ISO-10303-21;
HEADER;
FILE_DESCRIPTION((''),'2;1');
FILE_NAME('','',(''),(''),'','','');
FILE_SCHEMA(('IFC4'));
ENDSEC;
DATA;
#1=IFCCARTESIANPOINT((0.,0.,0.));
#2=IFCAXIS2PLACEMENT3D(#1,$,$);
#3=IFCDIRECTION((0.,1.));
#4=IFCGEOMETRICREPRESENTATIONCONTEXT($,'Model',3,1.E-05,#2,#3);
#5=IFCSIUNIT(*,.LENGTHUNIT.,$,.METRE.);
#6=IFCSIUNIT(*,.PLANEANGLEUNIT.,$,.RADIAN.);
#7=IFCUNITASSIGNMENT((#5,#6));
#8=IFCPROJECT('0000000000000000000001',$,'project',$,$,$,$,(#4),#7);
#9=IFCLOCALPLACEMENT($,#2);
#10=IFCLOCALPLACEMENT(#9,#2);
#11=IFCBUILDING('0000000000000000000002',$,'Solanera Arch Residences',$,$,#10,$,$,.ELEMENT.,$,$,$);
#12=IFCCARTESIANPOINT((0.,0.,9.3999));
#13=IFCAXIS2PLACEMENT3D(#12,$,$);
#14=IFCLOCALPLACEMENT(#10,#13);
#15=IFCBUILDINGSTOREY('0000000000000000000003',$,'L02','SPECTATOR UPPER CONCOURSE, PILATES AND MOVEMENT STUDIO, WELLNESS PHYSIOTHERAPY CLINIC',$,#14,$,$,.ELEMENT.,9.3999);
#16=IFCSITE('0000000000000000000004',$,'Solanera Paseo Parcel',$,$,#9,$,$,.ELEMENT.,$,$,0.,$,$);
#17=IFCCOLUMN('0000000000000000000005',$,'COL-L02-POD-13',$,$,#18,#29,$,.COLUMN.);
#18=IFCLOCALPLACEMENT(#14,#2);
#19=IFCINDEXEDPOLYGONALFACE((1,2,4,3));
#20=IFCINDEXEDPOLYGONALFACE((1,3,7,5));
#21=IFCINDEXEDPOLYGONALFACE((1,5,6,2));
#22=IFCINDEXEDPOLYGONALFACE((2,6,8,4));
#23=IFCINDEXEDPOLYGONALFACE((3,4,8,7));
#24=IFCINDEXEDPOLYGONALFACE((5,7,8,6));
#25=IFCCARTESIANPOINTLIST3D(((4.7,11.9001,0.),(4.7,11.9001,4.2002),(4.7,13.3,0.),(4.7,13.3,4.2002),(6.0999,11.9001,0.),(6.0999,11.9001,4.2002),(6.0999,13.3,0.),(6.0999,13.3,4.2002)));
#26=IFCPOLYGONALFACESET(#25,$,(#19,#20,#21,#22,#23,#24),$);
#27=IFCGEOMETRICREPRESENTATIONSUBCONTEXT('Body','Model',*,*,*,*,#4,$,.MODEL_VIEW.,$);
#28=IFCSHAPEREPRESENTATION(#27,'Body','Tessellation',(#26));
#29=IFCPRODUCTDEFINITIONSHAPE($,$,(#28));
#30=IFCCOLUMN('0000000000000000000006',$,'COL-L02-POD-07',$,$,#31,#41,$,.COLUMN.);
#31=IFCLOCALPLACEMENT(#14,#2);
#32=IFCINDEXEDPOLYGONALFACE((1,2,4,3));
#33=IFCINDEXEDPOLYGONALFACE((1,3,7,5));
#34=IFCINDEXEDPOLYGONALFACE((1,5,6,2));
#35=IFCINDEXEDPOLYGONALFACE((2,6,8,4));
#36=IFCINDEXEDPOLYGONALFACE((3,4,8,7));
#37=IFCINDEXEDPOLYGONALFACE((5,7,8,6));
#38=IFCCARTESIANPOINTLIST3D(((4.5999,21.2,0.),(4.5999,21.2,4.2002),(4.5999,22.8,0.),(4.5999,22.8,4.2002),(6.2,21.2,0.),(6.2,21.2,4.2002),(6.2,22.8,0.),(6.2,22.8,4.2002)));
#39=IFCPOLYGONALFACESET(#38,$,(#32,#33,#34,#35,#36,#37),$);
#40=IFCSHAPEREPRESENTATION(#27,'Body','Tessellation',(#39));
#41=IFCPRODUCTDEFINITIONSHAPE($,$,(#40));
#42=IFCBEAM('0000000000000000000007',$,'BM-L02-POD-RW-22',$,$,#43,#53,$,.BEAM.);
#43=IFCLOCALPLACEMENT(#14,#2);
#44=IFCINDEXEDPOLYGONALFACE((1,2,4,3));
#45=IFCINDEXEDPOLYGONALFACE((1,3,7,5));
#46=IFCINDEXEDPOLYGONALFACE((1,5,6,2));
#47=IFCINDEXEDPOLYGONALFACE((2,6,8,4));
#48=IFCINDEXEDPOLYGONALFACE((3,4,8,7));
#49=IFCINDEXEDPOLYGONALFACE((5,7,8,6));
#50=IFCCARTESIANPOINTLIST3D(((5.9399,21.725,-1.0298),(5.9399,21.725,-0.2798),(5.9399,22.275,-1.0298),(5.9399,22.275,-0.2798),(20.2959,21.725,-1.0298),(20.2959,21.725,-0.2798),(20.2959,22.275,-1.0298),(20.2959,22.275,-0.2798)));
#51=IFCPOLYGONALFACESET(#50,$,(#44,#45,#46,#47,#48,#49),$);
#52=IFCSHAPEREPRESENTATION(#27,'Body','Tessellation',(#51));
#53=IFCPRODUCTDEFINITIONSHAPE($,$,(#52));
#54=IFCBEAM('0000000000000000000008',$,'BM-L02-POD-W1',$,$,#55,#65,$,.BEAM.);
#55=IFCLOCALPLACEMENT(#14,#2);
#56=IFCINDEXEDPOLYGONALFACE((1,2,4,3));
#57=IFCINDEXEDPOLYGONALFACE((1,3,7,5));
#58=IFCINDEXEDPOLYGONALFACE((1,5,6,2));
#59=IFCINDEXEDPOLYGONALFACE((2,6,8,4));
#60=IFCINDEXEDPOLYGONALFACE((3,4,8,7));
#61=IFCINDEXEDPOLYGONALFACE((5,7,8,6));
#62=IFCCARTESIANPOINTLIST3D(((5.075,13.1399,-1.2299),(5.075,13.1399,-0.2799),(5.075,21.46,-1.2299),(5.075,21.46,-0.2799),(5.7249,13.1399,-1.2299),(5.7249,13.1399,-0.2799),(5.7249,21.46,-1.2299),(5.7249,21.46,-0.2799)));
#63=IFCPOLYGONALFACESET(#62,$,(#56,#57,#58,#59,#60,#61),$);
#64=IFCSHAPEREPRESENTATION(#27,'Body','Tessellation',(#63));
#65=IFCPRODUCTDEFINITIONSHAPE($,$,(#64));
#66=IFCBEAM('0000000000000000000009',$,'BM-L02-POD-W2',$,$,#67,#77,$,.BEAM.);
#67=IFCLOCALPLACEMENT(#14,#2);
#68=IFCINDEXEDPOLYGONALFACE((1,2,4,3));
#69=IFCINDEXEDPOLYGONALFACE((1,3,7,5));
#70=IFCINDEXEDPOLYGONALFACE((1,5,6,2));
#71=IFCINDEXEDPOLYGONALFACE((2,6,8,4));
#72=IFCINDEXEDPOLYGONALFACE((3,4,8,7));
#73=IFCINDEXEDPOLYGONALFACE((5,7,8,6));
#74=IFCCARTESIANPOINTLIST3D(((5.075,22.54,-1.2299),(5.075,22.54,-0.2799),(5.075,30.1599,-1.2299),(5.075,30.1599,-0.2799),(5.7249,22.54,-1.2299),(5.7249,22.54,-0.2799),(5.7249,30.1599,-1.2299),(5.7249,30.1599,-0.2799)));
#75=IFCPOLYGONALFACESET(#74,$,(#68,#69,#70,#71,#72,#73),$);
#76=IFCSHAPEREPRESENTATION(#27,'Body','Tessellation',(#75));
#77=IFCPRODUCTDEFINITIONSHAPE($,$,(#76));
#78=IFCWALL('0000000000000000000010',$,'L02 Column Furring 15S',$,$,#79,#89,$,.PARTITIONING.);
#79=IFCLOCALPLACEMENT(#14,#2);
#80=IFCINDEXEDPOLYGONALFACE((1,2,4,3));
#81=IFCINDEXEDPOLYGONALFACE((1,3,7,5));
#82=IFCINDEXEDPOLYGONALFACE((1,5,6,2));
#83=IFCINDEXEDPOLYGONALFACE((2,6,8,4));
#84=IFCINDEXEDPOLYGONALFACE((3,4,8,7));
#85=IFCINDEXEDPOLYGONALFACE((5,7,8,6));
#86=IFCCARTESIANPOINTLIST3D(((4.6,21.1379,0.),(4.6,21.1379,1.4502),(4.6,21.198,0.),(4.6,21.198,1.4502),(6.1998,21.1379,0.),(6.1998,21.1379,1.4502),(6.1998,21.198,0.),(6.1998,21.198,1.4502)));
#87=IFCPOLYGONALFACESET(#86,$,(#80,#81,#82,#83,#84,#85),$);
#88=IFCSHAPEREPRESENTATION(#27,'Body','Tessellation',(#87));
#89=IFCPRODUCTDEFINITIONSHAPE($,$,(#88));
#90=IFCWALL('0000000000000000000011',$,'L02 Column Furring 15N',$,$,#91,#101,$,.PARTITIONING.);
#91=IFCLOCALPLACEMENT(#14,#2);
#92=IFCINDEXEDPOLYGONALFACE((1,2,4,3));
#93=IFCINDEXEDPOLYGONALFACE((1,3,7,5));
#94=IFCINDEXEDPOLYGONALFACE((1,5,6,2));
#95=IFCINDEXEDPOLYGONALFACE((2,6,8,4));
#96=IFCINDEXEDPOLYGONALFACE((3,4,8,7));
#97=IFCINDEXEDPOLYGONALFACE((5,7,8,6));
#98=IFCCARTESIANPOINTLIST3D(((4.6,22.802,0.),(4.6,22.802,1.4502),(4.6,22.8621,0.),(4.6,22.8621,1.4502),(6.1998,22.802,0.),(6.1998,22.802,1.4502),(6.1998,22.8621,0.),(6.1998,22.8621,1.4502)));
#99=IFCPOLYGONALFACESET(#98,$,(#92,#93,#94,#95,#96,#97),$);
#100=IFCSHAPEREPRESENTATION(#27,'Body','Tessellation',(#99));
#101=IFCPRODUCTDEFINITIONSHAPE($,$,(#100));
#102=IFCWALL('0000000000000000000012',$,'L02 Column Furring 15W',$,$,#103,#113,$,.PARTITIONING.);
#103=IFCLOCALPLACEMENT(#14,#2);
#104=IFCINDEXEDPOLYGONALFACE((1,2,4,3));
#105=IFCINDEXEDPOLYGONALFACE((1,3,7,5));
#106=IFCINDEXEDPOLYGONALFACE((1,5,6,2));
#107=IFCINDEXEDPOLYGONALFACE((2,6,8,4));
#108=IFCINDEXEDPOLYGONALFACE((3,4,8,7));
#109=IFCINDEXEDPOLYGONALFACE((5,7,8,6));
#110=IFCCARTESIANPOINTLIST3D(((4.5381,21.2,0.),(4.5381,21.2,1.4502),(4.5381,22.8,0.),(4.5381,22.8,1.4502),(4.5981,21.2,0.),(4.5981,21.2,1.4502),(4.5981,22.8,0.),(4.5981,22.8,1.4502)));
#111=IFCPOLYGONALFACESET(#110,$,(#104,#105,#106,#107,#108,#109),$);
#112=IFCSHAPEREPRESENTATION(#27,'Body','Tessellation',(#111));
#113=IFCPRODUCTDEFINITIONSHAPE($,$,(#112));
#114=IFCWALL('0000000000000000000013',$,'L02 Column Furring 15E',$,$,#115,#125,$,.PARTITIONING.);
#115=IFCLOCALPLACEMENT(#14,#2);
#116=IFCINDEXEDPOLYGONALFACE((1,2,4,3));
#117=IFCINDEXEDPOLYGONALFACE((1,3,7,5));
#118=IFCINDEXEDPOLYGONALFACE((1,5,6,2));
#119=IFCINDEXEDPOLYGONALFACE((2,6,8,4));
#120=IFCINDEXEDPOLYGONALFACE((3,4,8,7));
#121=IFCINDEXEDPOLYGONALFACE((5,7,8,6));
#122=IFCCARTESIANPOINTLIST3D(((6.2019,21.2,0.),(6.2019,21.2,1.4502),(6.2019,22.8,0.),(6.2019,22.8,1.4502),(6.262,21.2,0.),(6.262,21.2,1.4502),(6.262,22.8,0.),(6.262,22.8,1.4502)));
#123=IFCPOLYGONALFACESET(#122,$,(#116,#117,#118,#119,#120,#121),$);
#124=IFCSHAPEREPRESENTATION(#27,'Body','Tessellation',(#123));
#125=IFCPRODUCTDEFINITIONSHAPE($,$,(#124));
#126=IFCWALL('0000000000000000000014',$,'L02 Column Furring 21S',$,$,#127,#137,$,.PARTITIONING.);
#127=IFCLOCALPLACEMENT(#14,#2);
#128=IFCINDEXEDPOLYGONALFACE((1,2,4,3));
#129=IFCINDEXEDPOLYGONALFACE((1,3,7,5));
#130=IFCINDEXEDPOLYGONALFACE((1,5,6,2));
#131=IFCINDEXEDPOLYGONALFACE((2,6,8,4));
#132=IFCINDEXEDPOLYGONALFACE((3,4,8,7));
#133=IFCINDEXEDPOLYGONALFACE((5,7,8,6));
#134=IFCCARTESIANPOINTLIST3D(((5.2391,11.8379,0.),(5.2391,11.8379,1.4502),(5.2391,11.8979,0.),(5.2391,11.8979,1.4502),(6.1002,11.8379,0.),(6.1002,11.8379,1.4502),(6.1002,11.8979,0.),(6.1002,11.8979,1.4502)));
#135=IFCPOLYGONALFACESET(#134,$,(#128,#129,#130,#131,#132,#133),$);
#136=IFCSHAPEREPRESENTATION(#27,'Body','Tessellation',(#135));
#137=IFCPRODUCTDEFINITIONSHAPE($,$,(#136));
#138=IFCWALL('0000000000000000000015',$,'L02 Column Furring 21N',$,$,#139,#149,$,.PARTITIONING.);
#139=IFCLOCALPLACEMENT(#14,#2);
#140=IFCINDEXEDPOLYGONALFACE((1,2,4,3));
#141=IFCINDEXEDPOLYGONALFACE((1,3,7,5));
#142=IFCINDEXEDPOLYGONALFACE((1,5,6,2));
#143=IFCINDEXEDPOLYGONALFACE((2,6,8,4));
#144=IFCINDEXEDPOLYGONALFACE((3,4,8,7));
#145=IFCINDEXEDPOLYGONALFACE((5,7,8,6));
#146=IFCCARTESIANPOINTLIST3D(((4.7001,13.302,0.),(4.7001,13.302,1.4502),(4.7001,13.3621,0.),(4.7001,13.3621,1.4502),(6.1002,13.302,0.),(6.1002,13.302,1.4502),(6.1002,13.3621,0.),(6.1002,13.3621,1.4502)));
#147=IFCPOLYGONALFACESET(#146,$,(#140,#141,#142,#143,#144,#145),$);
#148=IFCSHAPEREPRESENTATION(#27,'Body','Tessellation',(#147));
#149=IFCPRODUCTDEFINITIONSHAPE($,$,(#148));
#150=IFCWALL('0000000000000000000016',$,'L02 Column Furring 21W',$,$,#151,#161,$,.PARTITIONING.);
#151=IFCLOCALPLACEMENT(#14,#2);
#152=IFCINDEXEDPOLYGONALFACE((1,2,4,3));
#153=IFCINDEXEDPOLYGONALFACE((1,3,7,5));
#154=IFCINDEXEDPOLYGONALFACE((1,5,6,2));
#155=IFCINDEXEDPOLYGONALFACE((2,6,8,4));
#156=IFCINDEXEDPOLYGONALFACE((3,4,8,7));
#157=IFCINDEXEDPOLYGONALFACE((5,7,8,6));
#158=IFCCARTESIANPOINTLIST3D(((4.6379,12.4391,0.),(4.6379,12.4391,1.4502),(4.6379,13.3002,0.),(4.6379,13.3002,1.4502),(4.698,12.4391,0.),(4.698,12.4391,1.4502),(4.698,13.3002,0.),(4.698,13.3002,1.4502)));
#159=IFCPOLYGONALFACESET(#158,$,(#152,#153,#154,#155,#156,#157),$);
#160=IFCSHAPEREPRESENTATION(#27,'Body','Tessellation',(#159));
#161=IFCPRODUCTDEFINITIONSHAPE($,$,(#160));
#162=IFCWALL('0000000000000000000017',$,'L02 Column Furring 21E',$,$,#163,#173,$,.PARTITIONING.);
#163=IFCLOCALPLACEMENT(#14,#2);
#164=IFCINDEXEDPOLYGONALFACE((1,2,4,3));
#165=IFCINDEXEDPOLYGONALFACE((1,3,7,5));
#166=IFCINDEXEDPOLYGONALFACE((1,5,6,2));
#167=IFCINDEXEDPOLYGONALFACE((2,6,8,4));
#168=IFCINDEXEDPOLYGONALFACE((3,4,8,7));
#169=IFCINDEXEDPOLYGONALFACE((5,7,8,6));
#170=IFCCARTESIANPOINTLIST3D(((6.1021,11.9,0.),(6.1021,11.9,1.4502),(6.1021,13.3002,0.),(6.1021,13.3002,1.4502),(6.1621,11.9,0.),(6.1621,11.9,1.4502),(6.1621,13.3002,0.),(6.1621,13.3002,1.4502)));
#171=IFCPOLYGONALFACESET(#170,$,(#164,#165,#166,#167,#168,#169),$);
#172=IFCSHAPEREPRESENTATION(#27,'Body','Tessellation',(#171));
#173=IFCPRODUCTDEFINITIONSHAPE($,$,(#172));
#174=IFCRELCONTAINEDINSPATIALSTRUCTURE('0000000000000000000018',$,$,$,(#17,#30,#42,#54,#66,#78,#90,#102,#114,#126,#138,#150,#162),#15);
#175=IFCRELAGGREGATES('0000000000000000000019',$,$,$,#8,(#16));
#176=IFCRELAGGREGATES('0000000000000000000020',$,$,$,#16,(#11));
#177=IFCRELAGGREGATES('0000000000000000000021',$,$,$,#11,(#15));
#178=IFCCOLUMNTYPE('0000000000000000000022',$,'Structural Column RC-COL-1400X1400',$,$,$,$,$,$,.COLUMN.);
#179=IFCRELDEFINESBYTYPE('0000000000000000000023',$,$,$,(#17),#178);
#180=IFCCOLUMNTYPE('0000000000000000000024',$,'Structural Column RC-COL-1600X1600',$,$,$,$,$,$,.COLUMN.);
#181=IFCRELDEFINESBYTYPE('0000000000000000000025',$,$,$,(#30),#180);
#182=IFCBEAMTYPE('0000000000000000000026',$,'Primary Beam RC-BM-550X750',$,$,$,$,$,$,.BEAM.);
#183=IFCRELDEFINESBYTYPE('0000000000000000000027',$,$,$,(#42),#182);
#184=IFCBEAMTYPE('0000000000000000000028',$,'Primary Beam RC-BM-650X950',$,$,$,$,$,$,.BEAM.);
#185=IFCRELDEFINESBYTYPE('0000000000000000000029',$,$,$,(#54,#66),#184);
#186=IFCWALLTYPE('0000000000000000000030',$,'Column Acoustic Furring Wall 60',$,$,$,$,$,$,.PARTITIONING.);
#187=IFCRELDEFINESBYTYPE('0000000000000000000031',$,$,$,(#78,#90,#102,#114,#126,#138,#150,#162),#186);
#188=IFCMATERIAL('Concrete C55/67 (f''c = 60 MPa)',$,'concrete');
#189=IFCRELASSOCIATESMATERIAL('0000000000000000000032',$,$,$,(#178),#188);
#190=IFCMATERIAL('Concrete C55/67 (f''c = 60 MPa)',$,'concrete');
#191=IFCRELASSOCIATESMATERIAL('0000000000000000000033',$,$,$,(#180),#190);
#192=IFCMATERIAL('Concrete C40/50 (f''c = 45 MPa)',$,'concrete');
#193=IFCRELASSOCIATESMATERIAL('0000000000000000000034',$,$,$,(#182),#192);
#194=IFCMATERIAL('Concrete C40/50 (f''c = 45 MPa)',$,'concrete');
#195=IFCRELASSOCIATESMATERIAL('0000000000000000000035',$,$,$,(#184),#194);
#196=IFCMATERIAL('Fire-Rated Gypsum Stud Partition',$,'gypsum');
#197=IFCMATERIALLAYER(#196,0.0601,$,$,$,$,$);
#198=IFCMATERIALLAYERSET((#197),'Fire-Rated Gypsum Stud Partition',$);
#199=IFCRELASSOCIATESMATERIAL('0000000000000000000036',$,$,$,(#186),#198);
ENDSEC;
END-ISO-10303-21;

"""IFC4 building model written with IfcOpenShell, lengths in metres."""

from ifc_helpers import new_model, si_unit, direction, frame, frame_2d, origin, origin_2d, place, context, subcontext, project, spatial, rectangle, extrude, material, layer, layer_set, material_profile, profile_set, type_object, element, save


model = new_model("IFC4")

# Units and contexts
model_context = context("Model", 3, precision=1e-05, world=origin(), true_north=direction((0.0, 1.0)))
body_context = subcontext(model_context, "Body", "Model", "MODEL_VIEW")
ifc_project = project(units=[si_unit("LENGTHUNIT", "METRE"), si_unit("PLANEANGLEUNIT", "RADIAN")], contexts=[model_context])

# Site, building, storey
site_placement = place(None, origin())
site = spatial("IfcSite", under=ifc_project, at=site_placement, Name="Solanera Paseo Parcel", CompositionType="ELEMENT", RefElevation=0.0)
building_placement = place(site_placement, origin())
building = spatial("IfcBuilding", under=site, at=building_placement, Name="Solanera Arch Residences", CompositionType="ELEMENT")
storey_placement = place(building_placement, frame((0.0, 0.0, 9.3999)))
storey = spatial("IfcBuildingStorey", under=building, at=storey_placement, Name="L02", Description="SPECTATOR UPPER CONCOURSE, PILATES AND MOVEMENT STUDIO, WELLNESS PHYSIOTHERAPY CLINIC", CompositionType="ELEMENT", Elevation=9.3999)

# Columns
ifc_material_1 = material(Name="Concrete C55/67 (f'c = 60 MPa)", Category="concrete")
ifc_material_profile_1 = material_profile(ifc_material_1, rectangle(XDim=1.3999, YDim=1.3999, at=origin_2d()))
ifc_profile_set_1 = profile_set([ifc_material_profile_1], Name="Concrete C55/67 (f'c = 60 MPa)")
column_type_1 = type_object("IfcColumnType", Name="Structural Column RC-COL-1400X1400", PredefinedType="COLUMN", material=ifc_profile_set_1)
column_1_placement = place(storey_placement, frame((5.3999, 12.6001, 0.0), z_axis=(0.0, 0.0, 1.0), x_axis=(1.0, 0.0, 0.0)))
element("IfcColumn", 1, at=column_1_placement, inside=storey, type_object=column_type_1, Name="COL-L02-POD-13", PredefinedType="COLUMN", context=body_context, shape_type="SweptSolid", body=[
    extrude(rectangle(XDim=1.3999, YDim=1.3999, at=origin_2d()), origin(), (0.0, 0.0, 1.0), 4.2002),
])
ifc_material_2 = material(Name="Concrete C55/67 (f'c = 60 MPa)", Category="concrete")
ifc_material_profile_2 = material_profile(ifc_material_2, rectangle(XDim=1.6001, YDim=1.6001, at=origin_2d()))
ifc_profile_set_2 = profile_set([ifc_material_profile_2], Name="Concrete C55/67 (f'c = 60 MPa)")
column_type_2 = type_object("IfcColumnType", Name="Structural Column RC-COL-1600X1600", PredefinedType="COLUMN", material=ifc_profile_set_2)
column_2_placement = place(storey_placement, frame((5.3999, 22.0, 0.0), z_axis=(0.0, 0.0, 1.0), x_axis=(1.0, 0.0, 0.0)))
element("IfcColumn", 2, at=column_2_placement, inside=storey, type_object=column_type_2, Name="COL-L02-POD-07", PredefinedType="COLUMN", context=body_context, shape_type="SweptSolid", body=[
    extrude(rectangle(XDim=1.6001, YDim=1.6001, at=origin_2d()), origin(), (0.0, 0.0, 1.0), 4.2002),
])

# Beams
ifc_material_3 = material(Name="Concrete C40/50 (f'c = 45 MPa)", Category="concrete")
ifc_material_profile_3 = material_profile(ifc_material_3, rectangle(XDim=0.55, YDim=0.75, at=origin_2d()))
ifc_profile_set_3 = profile_set([ifc_material_profile_3], Name="Concrete C40/50 (f'c = 45 MPa)")
beam_type_1 = type_object("IfcBeamType", Name="Primary Beam RC-BM-550X750", PredefinedType="BEAM", material=ifc_profile_set_3)
beam_1_placement = place(storey_placement, frame((5.9399, 22.0, -0.6548), z_axis=(1.0, 0.0, 0.0), x_axis=(0.0, 1.0, 0.0)))
element("IfcBeam", 3, at=beam_1_placement, inside=storey, type_object=beam_type_1, Name="BM-L02-POD-RW-22", PredefinedType="BEAM", context=body_context, shape_type="SweptSolid", body=[
    extrude(rectangle(XDim=0.55, YDim=0.75, at=origin_2d()), origin(), (0.0, 0.0, 1.0), 14.356),
])
ifc_material_4 = material(Name="Concrete C40/50 (f'c = 45 MPa)", Category="concrete")
ifc_material_profile_4 = material_profile(ifc_material_4, rectangle(XDim=0.6499, YDim=0.95, at=origin_2d()))
ifc_profile_set_4 = profile_set([ifc_material_profile_4], Name="Concrete C40/50 (f'c = 45 MPa)")
beam_type_2 = type_object("IfcBeamType", Name="Primary Beam RC-BM-650X950", PredefinedType="BEAM", material=ifc_profile_set_4)
beam_2_placement = place(storey_placement, frame((5.3999, 13.1399, -0.7549), z_axis=(0.0, 1.0, 0.0), x_axis=(-1.0, 0.0, 0.0)))
element("IfcBeam", 4, at=beam_2_placement, inside=storey, type_object=beam_type_2, Name="BM-L02-POD-W1", PredefinedType="BEAM", context=body_context, shape_type="SweptSolid", body=[
    extrude(rectangle(XDim=0.6499, YDim=0.95, at=origin_2d()), origin(), (0.0, 0.0, 1.0), 8.3201),
])
beam_3_placement = place(storey_placement, frame((5.3999, 22.54, -0.7549), z_axis=(0.0, 1.0, 0.0), x_axis=(-1.0, 0.0, 0.0)))
element("IfcBeam", 5, at=beam_3_placement, inside=storey, type_object=beam_type_2, Name="BM-L02-POD-W2", PredefinedType="BEAM", context=body_context, shape_type="SweptSolid", body=[
    extrude(rectangle(XDim=0.6499, YDim=0.95, at=origin_2d()), origin(), (0.0, 0.0, 1.0), 7.6199),
])

# Walls
ifc_material_5 = material(Name="Fire-Rated Gypsum Stud Partition", Category="gypsum")
ifc_layer_1 = layer(ifc_material_5, 0.0601)
ifc_layer_set_1 = layer_set([ifc_layer_1], Name="Fire-Rated Gypsum Stud Partition")
wall_type_1 = type_object("IfcWallType", Name="Column Acoustic Furring Wall 60", PredefinedType="PARTITIONING", material=ifc_layer_set_1)
for number, where, z_axis, x_axis, name in (
    (6, (4.6001, 21.168, 0.0), (0.0, 0.0, 1.0), (1.0, 0.0, 0.0), "L02 Column Furring 15S"),
    (7, (4.6001, 22.832, 0.0), (0.0, 0.0, 1.0), (1.0, 0.0, 0.0), "L02 Column Furring 15N"),
):
    element("IfcWall", number, at=place(storey_placement, frame(where, z_axis=z_axis, x_axis=x_axis)), inside=storey, type_object=wall_type_1, Name=name, PredefinedType="PARTITIONING", context=body_context, shape_type="SweptSolid", body=[
        extrude(rectangle(XDim=1.5999, YDim=0.0601, at=frame_2d((0.7998, 0.0))), origin(), (0.0, 0.0, 1.0), 1.4502),
    ])
for number, where, z_axis, x_axis, name in (
    (8, (4.5681, 21.2, 0.0), (0.0, 0.0, 1.0), (0.0, 1.0, 0.0), "L02 Column Furring 15W"),
    (9, (6.2319, 21.2, 0.0), (0.0, 0.0, 1.0), (0.0, 1.0, 0.0), "L02 Column Furring 15E"),
):
    element("IfcWall", number, at=place(storey_placement, frame(where, z_axis=z_axis, x_axis=x_axis)), inside=storey, type_object=wall_type_1, Name=name, PredefinedType="PARTITIONING", context=body_context, shape_type="SweptSolid", body=[
        extrude(rectangle(XDim=1.6001, YDim=0.0601, at=frame_2d((0.8, 0.0))), origin(), (0.0, 0.0, 1.0), 1.4502),
    ])
wall_1_placement = place(storey_placement, frame((5.239, 11.8679, 0.0), z_axis=(0.0, 0.0, 1.0), x_axis=(1.0, 0.0, 0.0)))
element("IfcWall", 10, at=wall_1_placement, inside=storey, type_object=wall_type_1, Name="L02 Column Furring 21S", PredefinedType="PARTITIONING", context=body_context, shape_type="SweptSolid", body=[
    extrude(rectangle(XDim=0.8611, YDim=0.0601, at=frame_2d((0.4307, 0.0))), origin(), (0.0, 0.0, 1.0), 1.4502),
])
wall_2_placement = place(storey_placement, frame((4.7, 13.332, 0.0), z_axis=(0.0, 0.0, 1.0), x_axis=(1.0, 0.0, 0.0)))
element("IfcWall", 11, at=wall_2_placement, inside=storey, type_object=wall_type_1, Name="L02 Column Furring 21N", PredefinedType="PARTITIONING", context=body_context, shape_type="SweptSolid", body=[
    extrude(rectangle(XDim=1.4001, YDim=0.0601, at=frame_2d((0.7002, 0.0))), origin(), (0.0, 0.0, 1.0), 1.4502),
])
wall_3_placement = place(storey_placement, frame((4.668, 12.439, 0.0), z_axis=(0.0, 0.0, 1.0), x_axis=(0.0, 1.0, 0.0)))
element("IfcWall", 12, at=wall_3_placement, inside=storey, type_object=wall_type_1, Name="L02 Column Furring 21W", PredefinedType="PARTITIONING", context=body_context, shape_type="SweptSolid", body=[
    extrude(rectangle(XDim=0.8611, YDim=0.0601, at=frame_2d((0.4307, 0.0))), origin(), (0.0, 0.0, 1.0), 1.4502),
])
wall_4_placement = place(storey_placement, frame((6.1321, 11.8999, 0.0), z_axis=(0.0, 0.0, 1.0), x_axis=(0.0, 1.0, 0.0)))
element("IfcWall", 13, at=wall_4_placement, inside=storey, type_object=wall_type_1, Name="L02 Column Furring 21E", PredefinedType="PARTITIONING", context=body_context, shape_type="SweptSolid", body=[
    extrude(rectangle(XDim=1.4001, YDim=0.0601, at=frame_2d((0.7002, 0.0))), origin(), (0.0, 0.0, 1.0), 1.4502),
])

save(model, "model.ifc")
